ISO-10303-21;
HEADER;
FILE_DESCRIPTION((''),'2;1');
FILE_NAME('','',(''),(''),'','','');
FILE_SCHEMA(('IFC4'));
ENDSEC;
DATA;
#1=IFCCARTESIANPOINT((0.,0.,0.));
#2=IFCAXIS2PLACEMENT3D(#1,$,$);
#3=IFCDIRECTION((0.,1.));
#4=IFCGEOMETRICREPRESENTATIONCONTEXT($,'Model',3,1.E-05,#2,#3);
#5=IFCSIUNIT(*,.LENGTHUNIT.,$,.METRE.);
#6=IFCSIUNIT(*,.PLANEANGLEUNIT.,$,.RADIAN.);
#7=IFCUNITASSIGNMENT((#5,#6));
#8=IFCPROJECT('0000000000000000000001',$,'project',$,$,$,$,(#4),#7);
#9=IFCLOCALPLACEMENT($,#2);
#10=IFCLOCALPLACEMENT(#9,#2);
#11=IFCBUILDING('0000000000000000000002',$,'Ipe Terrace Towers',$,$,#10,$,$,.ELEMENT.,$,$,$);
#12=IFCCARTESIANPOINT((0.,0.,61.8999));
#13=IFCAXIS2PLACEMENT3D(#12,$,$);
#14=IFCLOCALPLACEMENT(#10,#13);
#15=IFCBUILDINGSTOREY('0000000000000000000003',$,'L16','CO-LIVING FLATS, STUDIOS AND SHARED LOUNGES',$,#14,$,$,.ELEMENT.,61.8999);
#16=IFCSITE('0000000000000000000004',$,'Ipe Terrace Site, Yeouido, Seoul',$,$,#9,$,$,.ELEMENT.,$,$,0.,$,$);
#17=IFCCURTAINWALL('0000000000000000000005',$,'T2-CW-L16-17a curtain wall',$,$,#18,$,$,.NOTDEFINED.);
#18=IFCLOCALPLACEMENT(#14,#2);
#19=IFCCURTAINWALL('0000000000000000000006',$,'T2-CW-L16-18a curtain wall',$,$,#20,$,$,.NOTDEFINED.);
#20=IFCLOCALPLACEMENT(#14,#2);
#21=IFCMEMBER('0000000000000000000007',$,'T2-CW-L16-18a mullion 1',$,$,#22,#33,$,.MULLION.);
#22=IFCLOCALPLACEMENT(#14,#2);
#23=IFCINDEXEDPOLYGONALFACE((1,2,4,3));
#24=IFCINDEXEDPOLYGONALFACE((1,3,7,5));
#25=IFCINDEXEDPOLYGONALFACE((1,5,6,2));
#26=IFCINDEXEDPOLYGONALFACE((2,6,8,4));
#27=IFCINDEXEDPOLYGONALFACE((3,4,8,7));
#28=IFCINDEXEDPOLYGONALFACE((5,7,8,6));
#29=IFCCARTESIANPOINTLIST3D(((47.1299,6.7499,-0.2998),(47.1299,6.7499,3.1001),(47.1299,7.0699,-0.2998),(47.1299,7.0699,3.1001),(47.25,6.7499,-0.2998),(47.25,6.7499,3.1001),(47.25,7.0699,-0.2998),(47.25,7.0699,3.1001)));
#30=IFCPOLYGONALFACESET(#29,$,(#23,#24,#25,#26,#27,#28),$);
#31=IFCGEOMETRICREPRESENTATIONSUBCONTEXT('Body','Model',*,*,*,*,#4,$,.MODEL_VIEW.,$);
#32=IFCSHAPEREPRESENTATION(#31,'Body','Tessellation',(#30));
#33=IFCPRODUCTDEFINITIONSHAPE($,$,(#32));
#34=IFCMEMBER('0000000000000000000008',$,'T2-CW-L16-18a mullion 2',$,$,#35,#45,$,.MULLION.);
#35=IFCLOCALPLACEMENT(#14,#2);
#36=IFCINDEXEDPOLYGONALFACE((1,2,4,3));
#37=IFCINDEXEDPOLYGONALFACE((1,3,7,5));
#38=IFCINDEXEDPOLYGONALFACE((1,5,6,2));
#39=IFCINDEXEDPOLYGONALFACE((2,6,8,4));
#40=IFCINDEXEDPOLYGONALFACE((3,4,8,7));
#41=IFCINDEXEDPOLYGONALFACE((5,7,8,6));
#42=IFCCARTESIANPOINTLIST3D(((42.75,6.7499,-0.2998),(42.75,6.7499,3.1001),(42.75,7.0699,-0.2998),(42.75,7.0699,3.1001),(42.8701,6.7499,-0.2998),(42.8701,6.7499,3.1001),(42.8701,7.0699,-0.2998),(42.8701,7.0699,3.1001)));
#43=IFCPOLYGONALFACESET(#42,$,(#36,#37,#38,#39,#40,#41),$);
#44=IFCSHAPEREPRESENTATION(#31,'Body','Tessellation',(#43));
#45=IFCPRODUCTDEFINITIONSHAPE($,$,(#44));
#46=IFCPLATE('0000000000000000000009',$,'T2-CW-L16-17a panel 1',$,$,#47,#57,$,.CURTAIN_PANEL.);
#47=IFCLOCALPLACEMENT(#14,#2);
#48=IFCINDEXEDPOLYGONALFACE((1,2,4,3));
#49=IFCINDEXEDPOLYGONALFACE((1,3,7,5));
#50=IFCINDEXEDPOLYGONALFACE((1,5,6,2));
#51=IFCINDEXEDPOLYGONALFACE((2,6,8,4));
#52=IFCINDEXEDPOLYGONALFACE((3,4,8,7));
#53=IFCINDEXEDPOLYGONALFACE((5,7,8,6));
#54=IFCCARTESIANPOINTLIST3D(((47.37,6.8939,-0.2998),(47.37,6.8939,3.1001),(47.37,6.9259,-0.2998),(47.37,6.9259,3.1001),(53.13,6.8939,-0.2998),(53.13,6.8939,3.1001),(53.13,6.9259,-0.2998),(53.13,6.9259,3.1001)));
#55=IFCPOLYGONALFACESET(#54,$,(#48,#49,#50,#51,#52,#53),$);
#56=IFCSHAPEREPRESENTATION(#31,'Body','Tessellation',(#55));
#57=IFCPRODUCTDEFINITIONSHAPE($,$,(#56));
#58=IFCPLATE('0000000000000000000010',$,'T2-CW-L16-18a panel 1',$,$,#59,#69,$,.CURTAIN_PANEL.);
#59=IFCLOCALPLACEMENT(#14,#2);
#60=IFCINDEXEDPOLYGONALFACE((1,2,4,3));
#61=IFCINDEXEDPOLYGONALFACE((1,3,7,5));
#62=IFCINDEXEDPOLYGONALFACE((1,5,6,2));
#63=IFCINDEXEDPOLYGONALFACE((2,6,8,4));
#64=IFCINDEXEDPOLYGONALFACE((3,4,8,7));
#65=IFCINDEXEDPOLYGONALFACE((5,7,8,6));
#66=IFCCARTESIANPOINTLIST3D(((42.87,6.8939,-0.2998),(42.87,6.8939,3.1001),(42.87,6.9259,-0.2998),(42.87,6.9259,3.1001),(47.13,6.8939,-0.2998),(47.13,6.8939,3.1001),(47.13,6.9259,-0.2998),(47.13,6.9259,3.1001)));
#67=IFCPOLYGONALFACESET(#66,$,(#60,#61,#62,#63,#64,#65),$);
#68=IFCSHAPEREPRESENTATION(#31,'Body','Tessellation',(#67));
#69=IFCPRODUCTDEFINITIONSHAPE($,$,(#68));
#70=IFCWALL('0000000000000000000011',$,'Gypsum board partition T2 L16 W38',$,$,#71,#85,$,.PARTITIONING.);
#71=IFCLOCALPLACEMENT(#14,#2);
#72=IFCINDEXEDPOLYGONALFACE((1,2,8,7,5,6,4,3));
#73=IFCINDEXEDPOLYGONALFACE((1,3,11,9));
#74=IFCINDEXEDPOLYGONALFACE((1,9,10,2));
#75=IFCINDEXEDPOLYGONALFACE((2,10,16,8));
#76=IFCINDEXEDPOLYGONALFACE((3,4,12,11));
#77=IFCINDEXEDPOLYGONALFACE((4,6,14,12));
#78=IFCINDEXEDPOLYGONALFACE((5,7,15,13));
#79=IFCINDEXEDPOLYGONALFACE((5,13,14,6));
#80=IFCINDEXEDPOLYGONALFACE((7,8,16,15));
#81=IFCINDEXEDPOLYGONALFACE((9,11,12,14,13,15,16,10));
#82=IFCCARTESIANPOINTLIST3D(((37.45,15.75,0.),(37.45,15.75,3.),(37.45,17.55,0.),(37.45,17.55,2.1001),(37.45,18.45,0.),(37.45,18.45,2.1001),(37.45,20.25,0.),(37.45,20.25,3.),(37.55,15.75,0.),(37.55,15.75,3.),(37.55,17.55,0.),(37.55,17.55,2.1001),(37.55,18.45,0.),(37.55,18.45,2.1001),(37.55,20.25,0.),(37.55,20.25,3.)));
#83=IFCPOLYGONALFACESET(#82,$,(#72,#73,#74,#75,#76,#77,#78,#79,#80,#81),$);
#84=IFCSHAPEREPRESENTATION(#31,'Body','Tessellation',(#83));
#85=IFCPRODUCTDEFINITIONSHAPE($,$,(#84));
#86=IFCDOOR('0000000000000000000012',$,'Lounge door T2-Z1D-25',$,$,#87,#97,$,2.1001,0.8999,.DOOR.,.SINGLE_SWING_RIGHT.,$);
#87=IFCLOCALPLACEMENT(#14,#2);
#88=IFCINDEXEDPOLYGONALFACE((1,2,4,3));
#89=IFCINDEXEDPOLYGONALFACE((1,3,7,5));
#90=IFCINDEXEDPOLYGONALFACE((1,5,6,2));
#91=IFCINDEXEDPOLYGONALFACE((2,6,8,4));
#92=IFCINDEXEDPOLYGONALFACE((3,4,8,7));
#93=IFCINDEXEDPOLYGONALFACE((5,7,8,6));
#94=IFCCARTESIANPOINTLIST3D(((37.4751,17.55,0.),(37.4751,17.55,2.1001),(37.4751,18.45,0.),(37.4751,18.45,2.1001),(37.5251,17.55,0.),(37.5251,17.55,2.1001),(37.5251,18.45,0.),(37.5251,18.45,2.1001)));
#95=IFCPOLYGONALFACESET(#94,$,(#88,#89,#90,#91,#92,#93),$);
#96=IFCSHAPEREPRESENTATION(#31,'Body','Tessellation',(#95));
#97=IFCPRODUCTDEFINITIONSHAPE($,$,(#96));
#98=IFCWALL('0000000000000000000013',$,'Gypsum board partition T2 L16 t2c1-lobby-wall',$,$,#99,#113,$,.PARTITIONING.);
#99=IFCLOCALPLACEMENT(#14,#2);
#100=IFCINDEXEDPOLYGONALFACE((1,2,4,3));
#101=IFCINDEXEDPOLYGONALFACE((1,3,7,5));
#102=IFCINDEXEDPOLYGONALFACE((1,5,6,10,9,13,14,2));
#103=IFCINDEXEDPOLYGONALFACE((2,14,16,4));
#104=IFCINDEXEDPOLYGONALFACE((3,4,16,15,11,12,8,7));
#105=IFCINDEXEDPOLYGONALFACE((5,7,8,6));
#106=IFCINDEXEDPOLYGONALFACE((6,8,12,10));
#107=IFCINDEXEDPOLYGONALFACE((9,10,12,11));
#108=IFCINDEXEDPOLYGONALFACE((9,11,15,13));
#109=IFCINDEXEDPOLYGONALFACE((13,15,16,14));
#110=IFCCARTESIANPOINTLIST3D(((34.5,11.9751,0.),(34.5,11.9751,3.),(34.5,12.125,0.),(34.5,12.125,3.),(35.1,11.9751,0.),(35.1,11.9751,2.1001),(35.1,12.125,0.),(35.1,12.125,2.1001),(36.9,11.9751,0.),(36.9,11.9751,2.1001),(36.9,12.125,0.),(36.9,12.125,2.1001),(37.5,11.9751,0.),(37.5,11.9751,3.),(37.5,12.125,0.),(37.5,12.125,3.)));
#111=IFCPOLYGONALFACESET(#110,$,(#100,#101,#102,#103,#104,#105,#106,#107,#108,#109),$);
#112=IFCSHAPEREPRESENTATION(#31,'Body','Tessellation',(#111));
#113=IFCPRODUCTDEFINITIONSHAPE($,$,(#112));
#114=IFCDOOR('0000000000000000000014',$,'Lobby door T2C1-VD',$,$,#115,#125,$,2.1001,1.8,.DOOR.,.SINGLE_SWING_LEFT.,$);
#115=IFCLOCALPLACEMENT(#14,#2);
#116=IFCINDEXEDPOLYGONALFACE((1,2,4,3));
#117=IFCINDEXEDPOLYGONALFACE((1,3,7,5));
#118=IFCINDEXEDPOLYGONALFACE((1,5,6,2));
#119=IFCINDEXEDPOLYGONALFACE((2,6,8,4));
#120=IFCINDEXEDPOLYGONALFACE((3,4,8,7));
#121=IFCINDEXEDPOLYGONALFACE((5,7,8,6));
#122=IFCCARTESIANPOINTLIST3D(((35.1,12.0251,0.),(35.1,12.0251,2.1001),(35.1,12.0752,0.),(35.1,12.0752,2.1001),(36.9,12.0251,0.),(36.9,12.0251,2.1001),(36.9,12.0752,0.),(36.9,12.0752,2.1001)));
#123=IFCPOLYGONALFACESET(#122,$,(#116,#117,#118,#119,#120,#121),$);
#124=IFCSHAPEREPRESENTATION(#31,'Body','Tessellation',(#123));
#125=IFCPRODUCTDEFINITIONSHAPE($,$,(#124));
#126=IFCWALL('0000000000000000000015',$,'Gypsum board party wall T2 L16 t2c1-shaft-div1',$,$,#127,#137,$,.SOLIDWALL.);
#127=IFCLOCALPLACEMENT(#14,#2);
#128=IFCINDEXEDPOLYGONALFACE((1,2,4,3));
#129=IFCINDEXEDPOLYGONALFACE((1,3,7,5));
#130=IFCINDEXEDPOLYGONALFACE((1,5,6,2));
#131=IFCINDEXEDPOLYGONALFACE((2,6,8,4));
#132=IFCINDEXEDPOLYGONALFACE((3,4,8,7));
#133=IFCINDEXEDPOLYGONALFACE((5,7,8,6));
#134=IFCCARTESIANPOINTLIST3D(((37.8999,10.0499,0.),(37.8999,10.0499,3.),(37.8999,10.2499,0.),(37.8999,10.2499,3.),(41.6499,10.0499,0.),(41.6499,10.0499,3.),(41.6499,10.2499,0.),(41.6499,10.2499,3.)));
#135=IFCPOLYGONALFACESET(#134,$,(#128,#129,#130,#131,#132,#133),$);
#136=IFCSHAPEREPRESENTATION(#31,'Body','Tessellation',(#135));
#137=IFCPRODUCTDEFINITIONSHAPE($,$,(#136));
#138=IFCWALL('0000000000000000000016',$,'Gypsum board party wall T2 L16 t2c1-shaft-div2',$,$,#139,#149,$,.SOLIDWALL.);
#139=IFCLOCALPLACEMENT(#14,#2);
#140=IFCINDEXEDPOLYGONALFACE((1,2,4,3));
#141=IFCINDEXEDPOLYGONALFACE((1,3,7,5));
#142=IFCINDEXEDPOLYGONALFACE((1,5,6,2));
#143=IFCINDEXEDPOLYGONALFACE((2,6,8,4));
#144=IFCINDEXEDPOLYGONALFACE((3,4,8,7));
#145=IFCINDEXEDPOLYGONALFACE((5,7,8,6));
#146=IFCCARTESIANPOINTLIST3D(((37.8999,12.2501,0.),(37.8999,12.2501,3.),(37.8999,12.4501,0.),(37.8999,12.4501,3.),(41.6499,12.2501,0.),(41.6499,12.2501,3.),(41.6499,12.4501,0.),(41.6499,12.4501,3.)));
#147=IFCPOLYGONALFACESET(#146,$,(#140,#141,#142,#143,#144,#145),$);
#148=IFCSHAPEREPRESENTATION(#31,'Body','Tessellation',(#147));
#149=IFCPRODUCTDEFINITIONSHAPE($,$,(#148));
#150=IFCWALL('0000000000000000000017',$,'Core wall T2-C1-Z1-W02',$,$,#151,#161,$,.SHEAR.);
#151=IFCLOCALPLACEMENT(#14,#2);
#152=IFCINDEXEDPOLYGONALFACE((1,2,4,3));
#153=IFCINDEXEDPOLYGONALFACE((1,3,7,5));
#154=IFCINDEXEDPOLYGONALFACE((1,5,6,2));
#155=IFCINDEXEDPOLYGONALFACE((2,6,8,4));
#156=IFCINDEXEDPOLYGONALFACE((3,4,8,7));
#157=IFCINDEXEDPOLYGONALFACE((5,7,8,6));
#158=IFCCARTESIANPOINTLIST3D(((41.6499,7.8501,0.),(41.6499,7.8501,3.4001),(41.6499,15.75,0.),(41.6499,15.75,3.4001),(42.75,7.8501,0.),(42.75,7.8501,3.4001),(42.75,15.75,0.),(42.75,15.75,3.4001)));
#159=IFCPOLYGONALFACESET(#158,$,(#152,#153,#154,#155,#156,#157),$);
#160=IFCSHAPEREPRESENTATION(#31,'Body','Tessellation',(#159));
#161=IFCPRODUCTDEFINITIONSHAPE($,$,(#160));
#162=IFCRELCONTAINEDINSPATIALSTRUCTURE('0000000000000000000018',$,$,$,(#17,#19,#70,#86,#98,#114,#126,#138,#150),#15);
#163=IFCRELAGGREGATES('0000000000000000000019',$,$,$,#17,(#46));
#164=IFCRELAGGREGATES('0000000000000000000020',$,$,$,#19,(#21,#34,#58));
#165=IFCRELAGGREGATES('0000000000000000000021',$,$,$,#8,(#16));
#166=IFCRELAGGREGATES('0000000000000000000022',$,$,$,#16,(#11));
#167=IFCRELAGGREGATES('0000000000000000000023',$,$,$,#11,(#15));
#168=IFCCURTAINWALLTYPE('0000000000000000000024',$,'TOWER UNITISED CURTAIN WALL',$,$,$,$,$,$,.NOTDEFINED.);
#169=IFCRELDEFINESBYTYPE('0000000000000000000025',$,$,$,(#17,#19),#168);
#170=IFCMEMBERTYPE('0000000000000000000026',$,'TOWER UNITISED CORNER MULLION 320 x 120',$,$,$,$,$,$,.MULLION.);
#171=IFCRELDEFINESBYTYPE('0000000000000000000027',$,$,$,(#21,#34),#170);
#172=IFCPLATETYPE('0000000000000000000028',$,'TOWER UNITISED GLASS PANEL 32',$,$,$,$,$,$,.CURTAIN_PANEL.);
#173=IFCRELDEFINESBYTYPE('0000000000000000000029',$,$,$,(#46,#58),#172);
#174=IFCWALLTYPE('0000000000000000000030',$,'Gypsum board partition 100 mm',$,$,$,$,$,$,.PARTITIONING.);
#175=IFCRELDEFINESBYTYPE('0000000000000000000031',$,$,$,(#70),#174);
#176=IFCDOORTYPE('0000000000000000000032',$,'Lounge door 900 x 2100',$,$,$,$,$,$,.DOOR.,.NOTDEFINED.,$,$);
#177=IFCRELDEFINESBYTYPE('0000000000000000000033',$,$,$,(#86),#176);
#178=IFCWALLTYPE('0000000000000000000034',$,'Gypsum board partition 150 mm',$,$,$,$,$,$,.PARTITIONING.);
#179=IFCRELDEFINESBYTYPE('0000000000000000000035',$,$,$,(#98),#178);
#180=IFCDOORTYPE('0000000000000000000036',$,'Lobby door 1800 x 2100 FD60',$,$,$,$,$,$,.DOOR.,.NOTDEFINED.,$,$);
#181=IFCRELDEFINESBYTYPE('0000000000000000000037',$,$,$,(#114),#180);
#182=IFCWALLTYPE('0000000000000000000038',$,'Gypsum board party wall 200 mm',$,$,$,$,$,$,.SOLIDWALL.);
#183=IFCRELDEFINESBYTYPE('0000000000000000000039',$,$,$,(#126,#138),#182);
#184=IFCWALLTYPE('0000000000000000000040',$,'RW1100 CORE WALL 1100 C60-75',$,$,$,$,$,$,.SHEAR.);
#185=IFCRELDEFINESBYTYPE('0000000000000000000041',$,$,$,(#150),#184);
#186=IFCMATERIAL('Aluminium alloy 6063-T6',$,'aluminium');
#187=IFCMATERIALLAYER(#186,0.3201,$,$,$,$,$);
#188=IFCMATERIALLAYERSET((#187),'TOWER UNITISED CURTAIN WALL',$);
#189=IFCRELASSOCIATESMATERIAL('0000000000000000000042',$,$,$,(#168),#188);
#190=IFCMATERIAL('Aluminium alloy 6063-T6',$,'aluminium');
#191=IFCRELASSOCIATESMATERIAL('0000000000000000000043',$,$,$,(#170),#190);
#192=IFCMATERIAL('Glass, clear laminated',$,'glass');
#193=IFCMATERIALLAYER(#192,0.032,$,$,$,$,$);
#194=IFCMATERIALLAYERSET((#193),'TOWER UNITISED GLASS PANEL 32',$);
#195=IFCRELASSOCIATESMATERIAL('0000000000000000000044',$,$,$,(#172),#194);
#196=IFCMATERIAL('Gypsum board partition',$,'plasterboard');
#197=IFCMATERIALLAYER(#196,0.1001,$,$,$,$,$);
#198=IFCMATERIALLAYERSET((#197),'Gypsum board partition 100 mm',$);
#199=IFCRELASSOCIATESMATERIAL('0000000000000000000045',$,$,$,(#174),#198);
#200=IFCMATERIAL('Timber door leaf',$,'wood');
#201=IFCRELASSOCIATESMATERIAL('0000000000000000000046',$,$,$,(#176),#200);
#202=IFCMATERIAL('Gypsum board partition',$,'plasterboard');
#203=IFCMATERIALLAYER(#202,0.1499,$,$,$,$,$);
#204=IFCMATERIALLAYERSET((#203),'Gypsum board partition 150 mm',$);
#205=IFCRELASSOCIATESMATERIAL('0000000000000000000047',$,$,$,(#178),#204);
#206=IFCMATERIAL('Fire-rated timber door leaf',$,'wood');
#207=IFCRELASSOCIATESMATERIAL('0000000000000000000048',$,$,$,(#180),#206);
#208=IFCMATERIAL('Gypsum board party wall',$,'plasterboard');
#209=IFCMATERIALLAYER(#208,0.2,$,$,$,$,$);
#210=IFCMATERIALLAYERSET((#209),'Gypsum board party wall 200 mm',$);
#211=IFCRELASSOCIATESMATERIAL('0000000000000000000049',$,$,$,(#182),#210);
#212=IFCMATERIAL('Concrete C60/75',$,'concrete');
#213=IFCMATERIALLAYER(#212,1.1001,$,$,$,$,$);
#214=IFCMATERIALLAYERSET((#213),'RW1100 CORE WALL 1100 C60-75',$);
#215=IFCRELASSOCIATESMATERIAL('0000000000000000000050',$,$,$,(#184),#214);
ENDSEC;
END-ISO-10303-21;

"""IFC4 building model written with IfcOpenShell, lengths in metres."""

from ifc_helpers import new_model, si_unit, direction, frame, frame_2d, origin, origin_2d, place, context, subcontext, project, spatial, rectangle, extrude, material, layer, layer_set, material_profile, profile_set, type_object, element, fill, aggregate, save


model = new_model("IFC4")

# Units and contexts
model_context = context("Model", 3, precision=1e-05, world=origin(), true_north=direction((0.0, 1.0)))
body_context = subcontext(model_context, "Body", "Model", "MODEL_VIEW")
ifc_project = project(units=[si_unit("LENGTHUNIT", "METRE"), si_unit("PLANEANGLEUNIT", "RADIAN")], contexts=[model_context])

# Site, building, storey
site_placement = place(None, origin())
site = spatial("IfcSite", under=ifc_project, at=site_placement, Name="Ipe Terrace Site, Yeouido, Seoul", CompositionType="ELEMENT", RefElevation=0.0)
building_placement = place(site_placement, origin())
building = spatial("IfcBuilding", under=site, at=building_placement, Name="Ipe Terrace Towers", CompositionType="ELEMENT")
storey_placement = place(building_placement, frame((0.0, 0.0, 61.8999)))
storey = spatial("IfcBuildingStorey", under=building, at=storey_placement, Name="L16", Description="CO-LIVING FLATS, STUDIOS AND SHARED LOUNGES", CompositionType="ELEMENT", Elevation=61.8999)

# Curtain walls, members
ifc_material_1 = material(Name="Aluminium alloy 6063-T6", Category="aluminium")
ifc_layer_1 = layer(ifc_material_1, 0.3201)
ifc_layer_set_1 = layer_set([ifc_layer_1], Name="TOWER UNITISED CURTAIN WALL")
curtain_wall_type = type_object("IfcCurtainWallType", Name="TOWER UNITISED CURTAIN WALL", PredefinedType="NOTDEFINED", material=ifc_layer_set_1)
curtain_wall_1_placement = place(storey_placement, origin())
curtain_wall_1 = element("IfcCurtainWall", 1, at=curtain_wall_1_placement, inside=storey, type_object=curtain_wall_type, Name="T2-CW-L16-17a curtain wall", PredefinedType="NOTDEFINED")
ifc_material_2 = material(Name="Aluminium alloy 6063-T6", Category="aluminium")
ifc_material_profile_1 = material_profile(ifc_material_2, rectangle(XDim=0.3201, YDim=0.1201, at=origin_2d()), Name="TOWER UNITISED CORNER MULLION 320 x 120")
ifc_profile_set_1 = profile_set([ifc_material_profile_1], Name="Aluminium alloy 6063-T6")
member_type = type_object("IfcMemberType", Name="TOWER UNITISED CORNER MULLION 320 x 120", PredefinedType="MULLION", material=ifc_profile_set_1)
curtain_wall_2_placement = place(storey_placement, origin())
curtain_wall_2 = element("IfcCurtainWall", 2, at=curtain_wall_2_placement, inside=storey, type_object=curtain_wall_type, Name="T2-CW-L16-18a curtain wall", PredefinedType="NOTDEFINED")
member_1_placement = place(storey_placement, frame((47.1899, 6.9099, -0.2998), z_axis=(0.0, 0.0, 1.0), x_axis=(0.0, 1.0, 0.0)))
member_1 = element("IfcMember", 3, at=member_1_placement, type_object=member_type, Name="T2-CW-L16-18a mullion 1", PredefinedType="MULLION", context=body_context, shape_type="SweptSolid", body=[
    extrude(rectangle(XDim=0.3201, YDim=0.1201, at=origin_2d()), origin(), (0.0, 0.0, 1.0), 3.3999),
])
member_2_placement = place(storey_placement, frame((42.8101, 6.9099, -0.2998), z_axis=(0.0, 0.0, 1.0), x_axis=(0.0, 1.0, 0.0)))
member_2 = element("IfcMember", 4, at=member_2_placement, type_object=member_type, Name="T2-CW-L16-18a mullion 2", PredefinedType="MULLION", context=body_context, shape_type="SweptSolid", body=[
    extrude(rectangle(XDim=0.3201, YDim=0.1201, at=origin_2d()), origin(), (0.0, 0.0, 1.0), 3.3999),
])

# Plates
ifc_material_3 = material(Name="Glass, clear laminated", Category="glass")
ifc_layer_2 = layer(ifc_material_3, 0.032)
ifc_layer_set_2 = layer_set([ifc_layer_2], Name="TOWER UNITISED GLASS PANEL 32")
plate_type = type_object("IfcPlateType", Name="TOWER UNITISED GLASS PANEL 32", PredefinedType="CURTAIN_PANEL", material=ifc_layer_set_2)
plate_1_placement = place(storey_placement, frame((50.25, 6.9099, -0.2998), z_axis=(0.0, 0.0, 1.0), x_axis=(-1.0, 0.0, 0.0)))
plate_1 = element("IfcPlate", 5, at=plate_1_placement, type_object=plate_type, Name="T2-CW-L16-17a panel 1", PredefinedType="CURTAIN_PANEL", context=body_context, shape_type="SweptSolid", body=[
    extrude(rectangle(XDim=5.76, YDim=0.032, at=origin_2d()), origin(), (0.0, 0.0, 1.0), 3.3999),
])
aggregate(curtain_wall_1, [plate_1])
plate_2_placement = place(storey_placement, frame((45.0, 6.9099, -0.2998), z_axis=(0.0, 0.0, 1.0), x_axis=(-1.0, 0.0, 0.0)))
plate_2 = element("IfcPlate", 6, at=plate_2_placement, type_object=plate_type, Name="T2-CW-L16-18a panel 1", PredefinedType="CURTAIN_PANEL", context=body_context, shape_type="SweptSolid", body=[
    extrude(rectangle(XDim=4.26, YDim=0.032, at=origin_2d()), origin(), (0.0, 0.0, 1.0), 3.3999),
])
aggregate(curtain_wall_2, [member_1, member_2, plate_2])

# Walls, openings, doors
ifc_material_4 = material(Name="Gypsum board partition", Category="plasterboard")
ifc_layer_3 = layer(ifc_material_4, 0.1001)
ifc_layer_set_3 = layer_set([ifc_layer_3], Name="Gypsum board partition 100 mm")
wall_type_1 = type_object("IfcWallType", Name="Gypsum board partition 100 mm", PredefinedType="PARTITIONING", material=ifc_layer_set_3)
wall_1_placement = place(storey_placement, frame((37.5, 15.75, 0.0), z_axis=(0.0, 0.0, 1.0), x_axis=(0.0, 1.0, 0.0)))
wall_1 = element("IfcWall", 7, at=wall_1_placement, inside=storey, type_object=wall_type_1, Name="Gypsum board partition T2 L16 W38", PredefinedType="PARTITIONING", context=body_context, shape_type="SweptSolid", body=[
    extrude(rectangle(XDim=4.5, YDim=0.1001, at=frame_2d((2.25, 0.0))), origin(), (0.0, 0.0, 1.0), 3.0),
])
opening_1_placement = place(wall_1_placement, frame((1.8, 0.0, 0.0)))
opening_1 = element("IfcOpeningElement", 8, at=opening_1_placement, cuts=wall_1, PredefinedType="OPENING", context=body_context, shape_type="SweptSolid", body=[
    extrude(rectangle(XDim=0.8999, YDim=2.1001, at=frame_2d((0.45, 1.05))), frame((0.0, 0.0601, 0.0), z_axis=(0.0, -1.0, 0.0), x_axis=(1.0, 0.0, 0.0)), (0.0, 0.0, 1.0), 0.1201),
])
ifc_material_5 = material(Name="Timber door leaf", Category="wood")
door_type_1 = type_object("IfcDoorType", Name="Lounge door 900 x 2100", OperationType="NOTDEFINED", PredefinedType="DOOR", material=ifc_material_5)
door_1_placement = place(opening_1_placement, origin())
door_1 = element("IfcDoor", 9, at=door_1_placement, inside=storey, type_object=door_type_1, Name="Lounge door T2-Z1D-25", OperationType="SINGLE_SWING_RIGHT", OverallHeight=2.1001, OverallWidth=0.8999, PredefinedType="DOOR", context=body_context, shape_type="SweptSolid", body=[
    extrude(rectangle(XDim=0.8999, YDim=2.1001, at=frame_2d((0.45, 1.05))), frame((0.0, 0.0249, 0.0), z_axis=(0.0, -1.0, 0.0), x_axis=(1.0, 0.0, 0.0)), (0.0, 0.0, 1.0), 0.05),
])
fill(opening_1, door_1)
ifc_material_6 = material(Name="Gypsum board partition", Category="plasterboard")
ifc_layer_4 = layer(ifc_material_6, 0.1499)
ifc_layer_set_4 = layer_set([ifc_layer_4], Name="Gypsum board partition 150 mm")
wall_type_2 = type_object("IfcWallType", Name="Gypsum board partition 150 mm", PredefinedType="PARTITIONING", material=ifc_layer_set_4)
wall_2_placement = place(storey_placement, frame((37.5, 12.05, 0.0), z_axis=(0.0, 0.0, 1.0), x_axis=(-1.0, 0.0, 0.0)))
wall_2 = element("IfcWall", 10, at=wall_2_placement, inside=storey, type_object=wall_type_2, Name="Gypsum board partition T2 L16 t2c1-lobby-wall", PredefinedType="PARTITIONING", context=body_context, shape_type="SweptSolid", body=[
    extrude(rectangle(XDim=3.0, YDim=0.1499, at=frame_2d((1.5, 0.0))), origin(), (0.0, 0.0, 1.0), 3.0),
])
opening_2_placement = place(wall_2_placement, frame((0.6001, 0.0, 0.0)))
opening_2 = element("IfcOpeningElement", 11, at=opening_2_placement, cuts=wall_2, PredefinedType="OPENING", context=body_context, shape_type="SweptSolid", body=[
    extrude(rectangle(XDim=1.8, YDim=2.1001, at=frame_2d((0.8999, 1.05))), frame((0.0, 0.085, 0.0), z_axis=(0.0, -1.0, 0.0), x_axis=(1.0, 0.0, 0.0)), (0.0, 0.0, 1.0), 0.1699),
])
ifc_material_7 = material(Name="Fire-rated timber door leaf", Category="wood")
door_type_2 = type_object("IfcDoorType", Name="Lobby door 1800 x 2100 FD60", OperationType="NOTDEFINED", PredefinedType="DOOR", material=ifc_material_7)
door_2_placement = place(opening_2_placement, origin())
door_2 = element("IfcDoor", 12, at=door_2_placement, inside=storey, type_object=door_type_2, Name="Lobby door T2C1-VD", OperationType="SINGLE_SWING_LEFT", OverallHeight=2.1001, OverallWidth=1.8, PredefinedType="DOOR", context=body_context, shape_type="SweptSolid", body=[
    extrude(rectangle(XDim=1.8, YDim=2.1001, at=frame_2d((0.8999, 1.05))), frame((0.0, 0.0249, 0.0), z_axis=(0.0, -1.0, 0.0), x_axis=(1.0, 0.0, 0.0)), (0.0, 0.0, 1.0), 0.05),
])
fill(opening_2, door_2)

# Walls
ifc_material_8 = material(Name="Gypsum board party wall", Category="plasterboard")
ifc_layer_5 = layer(ifc_material_8, 0.2)
ifc_layer_set_5 = layer_set([ifc_layer_5], Name="Gypsum board party wall 200 mm")
wall_type_3 = type_object("IfcWallType", Name="Gypsum board party wall 200 mm", PredefinedType="SOLIDWALL", material=ifc_layer_set_5)
for number, where, z_axis, x_axis, name in (
    (13, (41.6499, 10.1499, 0.0), (0.0, 0.0, 1.0), (-1.0, 0.0, 0.0), "Gypsum board party wall T2 L16 t2c1-shaft-div1"),
    (14, (41.6499, 12.3501, 0.0), (0.0, 0.0, 1.0), (-1.0, 0.0, 0.0), "Gypsum board party wall T2 L16 t2c1-shaft-div2"),
):
    element("IfcWall", number, at=place(storey_placement, frame(where, z_axis=z_axis, x_axis=x_axis)), inside=storey, type_object=wall_type_3, Name=name, PredefinedType="SOLIDWALL", context=body_context, shape_type="SweptSolid", body=[
        extrude(rectangle(XDim=3.75, YDim=0.2, at=frame_2d((1.875, 0.0))), origin(), (0.0, 0.0, 1.0), 3.0),
    ])
ifc_material_9 = material(Name="Concrete C60/75", Category="concrete")
ifc_layer_6 = layer(ifc_material_9, 1.1001)
ifc_layer_set_6 = layer_set([ifc_layer_6], Name="RW1100 CORE WALL 1100 C60-75")
wall_type_4 = type_object("IfcWallType", Name="RW1100 CORE WALL 1100 C60-75", PredefinedType="SHEAR", material=ifc_layer_set_6)
wall_3_placement = place(storey_placement, frame((42.2, 7.8501, 0.0), z_axis=(0.0, 0.0, 1.0), x_axis=(0.0, 1.0, 0.0)))
element("IfcWall", 15, at=wall_3_placement, inside=storey, type_object=wall_type_4, Name="Core wall T2-C1-Z1-W02", PredefinedType="SHEAR", context=body_context, shape_type="SweptSolid", body=[
    extrude(rectangle(XDim=7.8999, YDim=1.1001, at=frame_2d((3.95, 0.0))), origin(), (0.0, 0.0, 1.0), 3.4001),
])

save(model, "model.ifc")
